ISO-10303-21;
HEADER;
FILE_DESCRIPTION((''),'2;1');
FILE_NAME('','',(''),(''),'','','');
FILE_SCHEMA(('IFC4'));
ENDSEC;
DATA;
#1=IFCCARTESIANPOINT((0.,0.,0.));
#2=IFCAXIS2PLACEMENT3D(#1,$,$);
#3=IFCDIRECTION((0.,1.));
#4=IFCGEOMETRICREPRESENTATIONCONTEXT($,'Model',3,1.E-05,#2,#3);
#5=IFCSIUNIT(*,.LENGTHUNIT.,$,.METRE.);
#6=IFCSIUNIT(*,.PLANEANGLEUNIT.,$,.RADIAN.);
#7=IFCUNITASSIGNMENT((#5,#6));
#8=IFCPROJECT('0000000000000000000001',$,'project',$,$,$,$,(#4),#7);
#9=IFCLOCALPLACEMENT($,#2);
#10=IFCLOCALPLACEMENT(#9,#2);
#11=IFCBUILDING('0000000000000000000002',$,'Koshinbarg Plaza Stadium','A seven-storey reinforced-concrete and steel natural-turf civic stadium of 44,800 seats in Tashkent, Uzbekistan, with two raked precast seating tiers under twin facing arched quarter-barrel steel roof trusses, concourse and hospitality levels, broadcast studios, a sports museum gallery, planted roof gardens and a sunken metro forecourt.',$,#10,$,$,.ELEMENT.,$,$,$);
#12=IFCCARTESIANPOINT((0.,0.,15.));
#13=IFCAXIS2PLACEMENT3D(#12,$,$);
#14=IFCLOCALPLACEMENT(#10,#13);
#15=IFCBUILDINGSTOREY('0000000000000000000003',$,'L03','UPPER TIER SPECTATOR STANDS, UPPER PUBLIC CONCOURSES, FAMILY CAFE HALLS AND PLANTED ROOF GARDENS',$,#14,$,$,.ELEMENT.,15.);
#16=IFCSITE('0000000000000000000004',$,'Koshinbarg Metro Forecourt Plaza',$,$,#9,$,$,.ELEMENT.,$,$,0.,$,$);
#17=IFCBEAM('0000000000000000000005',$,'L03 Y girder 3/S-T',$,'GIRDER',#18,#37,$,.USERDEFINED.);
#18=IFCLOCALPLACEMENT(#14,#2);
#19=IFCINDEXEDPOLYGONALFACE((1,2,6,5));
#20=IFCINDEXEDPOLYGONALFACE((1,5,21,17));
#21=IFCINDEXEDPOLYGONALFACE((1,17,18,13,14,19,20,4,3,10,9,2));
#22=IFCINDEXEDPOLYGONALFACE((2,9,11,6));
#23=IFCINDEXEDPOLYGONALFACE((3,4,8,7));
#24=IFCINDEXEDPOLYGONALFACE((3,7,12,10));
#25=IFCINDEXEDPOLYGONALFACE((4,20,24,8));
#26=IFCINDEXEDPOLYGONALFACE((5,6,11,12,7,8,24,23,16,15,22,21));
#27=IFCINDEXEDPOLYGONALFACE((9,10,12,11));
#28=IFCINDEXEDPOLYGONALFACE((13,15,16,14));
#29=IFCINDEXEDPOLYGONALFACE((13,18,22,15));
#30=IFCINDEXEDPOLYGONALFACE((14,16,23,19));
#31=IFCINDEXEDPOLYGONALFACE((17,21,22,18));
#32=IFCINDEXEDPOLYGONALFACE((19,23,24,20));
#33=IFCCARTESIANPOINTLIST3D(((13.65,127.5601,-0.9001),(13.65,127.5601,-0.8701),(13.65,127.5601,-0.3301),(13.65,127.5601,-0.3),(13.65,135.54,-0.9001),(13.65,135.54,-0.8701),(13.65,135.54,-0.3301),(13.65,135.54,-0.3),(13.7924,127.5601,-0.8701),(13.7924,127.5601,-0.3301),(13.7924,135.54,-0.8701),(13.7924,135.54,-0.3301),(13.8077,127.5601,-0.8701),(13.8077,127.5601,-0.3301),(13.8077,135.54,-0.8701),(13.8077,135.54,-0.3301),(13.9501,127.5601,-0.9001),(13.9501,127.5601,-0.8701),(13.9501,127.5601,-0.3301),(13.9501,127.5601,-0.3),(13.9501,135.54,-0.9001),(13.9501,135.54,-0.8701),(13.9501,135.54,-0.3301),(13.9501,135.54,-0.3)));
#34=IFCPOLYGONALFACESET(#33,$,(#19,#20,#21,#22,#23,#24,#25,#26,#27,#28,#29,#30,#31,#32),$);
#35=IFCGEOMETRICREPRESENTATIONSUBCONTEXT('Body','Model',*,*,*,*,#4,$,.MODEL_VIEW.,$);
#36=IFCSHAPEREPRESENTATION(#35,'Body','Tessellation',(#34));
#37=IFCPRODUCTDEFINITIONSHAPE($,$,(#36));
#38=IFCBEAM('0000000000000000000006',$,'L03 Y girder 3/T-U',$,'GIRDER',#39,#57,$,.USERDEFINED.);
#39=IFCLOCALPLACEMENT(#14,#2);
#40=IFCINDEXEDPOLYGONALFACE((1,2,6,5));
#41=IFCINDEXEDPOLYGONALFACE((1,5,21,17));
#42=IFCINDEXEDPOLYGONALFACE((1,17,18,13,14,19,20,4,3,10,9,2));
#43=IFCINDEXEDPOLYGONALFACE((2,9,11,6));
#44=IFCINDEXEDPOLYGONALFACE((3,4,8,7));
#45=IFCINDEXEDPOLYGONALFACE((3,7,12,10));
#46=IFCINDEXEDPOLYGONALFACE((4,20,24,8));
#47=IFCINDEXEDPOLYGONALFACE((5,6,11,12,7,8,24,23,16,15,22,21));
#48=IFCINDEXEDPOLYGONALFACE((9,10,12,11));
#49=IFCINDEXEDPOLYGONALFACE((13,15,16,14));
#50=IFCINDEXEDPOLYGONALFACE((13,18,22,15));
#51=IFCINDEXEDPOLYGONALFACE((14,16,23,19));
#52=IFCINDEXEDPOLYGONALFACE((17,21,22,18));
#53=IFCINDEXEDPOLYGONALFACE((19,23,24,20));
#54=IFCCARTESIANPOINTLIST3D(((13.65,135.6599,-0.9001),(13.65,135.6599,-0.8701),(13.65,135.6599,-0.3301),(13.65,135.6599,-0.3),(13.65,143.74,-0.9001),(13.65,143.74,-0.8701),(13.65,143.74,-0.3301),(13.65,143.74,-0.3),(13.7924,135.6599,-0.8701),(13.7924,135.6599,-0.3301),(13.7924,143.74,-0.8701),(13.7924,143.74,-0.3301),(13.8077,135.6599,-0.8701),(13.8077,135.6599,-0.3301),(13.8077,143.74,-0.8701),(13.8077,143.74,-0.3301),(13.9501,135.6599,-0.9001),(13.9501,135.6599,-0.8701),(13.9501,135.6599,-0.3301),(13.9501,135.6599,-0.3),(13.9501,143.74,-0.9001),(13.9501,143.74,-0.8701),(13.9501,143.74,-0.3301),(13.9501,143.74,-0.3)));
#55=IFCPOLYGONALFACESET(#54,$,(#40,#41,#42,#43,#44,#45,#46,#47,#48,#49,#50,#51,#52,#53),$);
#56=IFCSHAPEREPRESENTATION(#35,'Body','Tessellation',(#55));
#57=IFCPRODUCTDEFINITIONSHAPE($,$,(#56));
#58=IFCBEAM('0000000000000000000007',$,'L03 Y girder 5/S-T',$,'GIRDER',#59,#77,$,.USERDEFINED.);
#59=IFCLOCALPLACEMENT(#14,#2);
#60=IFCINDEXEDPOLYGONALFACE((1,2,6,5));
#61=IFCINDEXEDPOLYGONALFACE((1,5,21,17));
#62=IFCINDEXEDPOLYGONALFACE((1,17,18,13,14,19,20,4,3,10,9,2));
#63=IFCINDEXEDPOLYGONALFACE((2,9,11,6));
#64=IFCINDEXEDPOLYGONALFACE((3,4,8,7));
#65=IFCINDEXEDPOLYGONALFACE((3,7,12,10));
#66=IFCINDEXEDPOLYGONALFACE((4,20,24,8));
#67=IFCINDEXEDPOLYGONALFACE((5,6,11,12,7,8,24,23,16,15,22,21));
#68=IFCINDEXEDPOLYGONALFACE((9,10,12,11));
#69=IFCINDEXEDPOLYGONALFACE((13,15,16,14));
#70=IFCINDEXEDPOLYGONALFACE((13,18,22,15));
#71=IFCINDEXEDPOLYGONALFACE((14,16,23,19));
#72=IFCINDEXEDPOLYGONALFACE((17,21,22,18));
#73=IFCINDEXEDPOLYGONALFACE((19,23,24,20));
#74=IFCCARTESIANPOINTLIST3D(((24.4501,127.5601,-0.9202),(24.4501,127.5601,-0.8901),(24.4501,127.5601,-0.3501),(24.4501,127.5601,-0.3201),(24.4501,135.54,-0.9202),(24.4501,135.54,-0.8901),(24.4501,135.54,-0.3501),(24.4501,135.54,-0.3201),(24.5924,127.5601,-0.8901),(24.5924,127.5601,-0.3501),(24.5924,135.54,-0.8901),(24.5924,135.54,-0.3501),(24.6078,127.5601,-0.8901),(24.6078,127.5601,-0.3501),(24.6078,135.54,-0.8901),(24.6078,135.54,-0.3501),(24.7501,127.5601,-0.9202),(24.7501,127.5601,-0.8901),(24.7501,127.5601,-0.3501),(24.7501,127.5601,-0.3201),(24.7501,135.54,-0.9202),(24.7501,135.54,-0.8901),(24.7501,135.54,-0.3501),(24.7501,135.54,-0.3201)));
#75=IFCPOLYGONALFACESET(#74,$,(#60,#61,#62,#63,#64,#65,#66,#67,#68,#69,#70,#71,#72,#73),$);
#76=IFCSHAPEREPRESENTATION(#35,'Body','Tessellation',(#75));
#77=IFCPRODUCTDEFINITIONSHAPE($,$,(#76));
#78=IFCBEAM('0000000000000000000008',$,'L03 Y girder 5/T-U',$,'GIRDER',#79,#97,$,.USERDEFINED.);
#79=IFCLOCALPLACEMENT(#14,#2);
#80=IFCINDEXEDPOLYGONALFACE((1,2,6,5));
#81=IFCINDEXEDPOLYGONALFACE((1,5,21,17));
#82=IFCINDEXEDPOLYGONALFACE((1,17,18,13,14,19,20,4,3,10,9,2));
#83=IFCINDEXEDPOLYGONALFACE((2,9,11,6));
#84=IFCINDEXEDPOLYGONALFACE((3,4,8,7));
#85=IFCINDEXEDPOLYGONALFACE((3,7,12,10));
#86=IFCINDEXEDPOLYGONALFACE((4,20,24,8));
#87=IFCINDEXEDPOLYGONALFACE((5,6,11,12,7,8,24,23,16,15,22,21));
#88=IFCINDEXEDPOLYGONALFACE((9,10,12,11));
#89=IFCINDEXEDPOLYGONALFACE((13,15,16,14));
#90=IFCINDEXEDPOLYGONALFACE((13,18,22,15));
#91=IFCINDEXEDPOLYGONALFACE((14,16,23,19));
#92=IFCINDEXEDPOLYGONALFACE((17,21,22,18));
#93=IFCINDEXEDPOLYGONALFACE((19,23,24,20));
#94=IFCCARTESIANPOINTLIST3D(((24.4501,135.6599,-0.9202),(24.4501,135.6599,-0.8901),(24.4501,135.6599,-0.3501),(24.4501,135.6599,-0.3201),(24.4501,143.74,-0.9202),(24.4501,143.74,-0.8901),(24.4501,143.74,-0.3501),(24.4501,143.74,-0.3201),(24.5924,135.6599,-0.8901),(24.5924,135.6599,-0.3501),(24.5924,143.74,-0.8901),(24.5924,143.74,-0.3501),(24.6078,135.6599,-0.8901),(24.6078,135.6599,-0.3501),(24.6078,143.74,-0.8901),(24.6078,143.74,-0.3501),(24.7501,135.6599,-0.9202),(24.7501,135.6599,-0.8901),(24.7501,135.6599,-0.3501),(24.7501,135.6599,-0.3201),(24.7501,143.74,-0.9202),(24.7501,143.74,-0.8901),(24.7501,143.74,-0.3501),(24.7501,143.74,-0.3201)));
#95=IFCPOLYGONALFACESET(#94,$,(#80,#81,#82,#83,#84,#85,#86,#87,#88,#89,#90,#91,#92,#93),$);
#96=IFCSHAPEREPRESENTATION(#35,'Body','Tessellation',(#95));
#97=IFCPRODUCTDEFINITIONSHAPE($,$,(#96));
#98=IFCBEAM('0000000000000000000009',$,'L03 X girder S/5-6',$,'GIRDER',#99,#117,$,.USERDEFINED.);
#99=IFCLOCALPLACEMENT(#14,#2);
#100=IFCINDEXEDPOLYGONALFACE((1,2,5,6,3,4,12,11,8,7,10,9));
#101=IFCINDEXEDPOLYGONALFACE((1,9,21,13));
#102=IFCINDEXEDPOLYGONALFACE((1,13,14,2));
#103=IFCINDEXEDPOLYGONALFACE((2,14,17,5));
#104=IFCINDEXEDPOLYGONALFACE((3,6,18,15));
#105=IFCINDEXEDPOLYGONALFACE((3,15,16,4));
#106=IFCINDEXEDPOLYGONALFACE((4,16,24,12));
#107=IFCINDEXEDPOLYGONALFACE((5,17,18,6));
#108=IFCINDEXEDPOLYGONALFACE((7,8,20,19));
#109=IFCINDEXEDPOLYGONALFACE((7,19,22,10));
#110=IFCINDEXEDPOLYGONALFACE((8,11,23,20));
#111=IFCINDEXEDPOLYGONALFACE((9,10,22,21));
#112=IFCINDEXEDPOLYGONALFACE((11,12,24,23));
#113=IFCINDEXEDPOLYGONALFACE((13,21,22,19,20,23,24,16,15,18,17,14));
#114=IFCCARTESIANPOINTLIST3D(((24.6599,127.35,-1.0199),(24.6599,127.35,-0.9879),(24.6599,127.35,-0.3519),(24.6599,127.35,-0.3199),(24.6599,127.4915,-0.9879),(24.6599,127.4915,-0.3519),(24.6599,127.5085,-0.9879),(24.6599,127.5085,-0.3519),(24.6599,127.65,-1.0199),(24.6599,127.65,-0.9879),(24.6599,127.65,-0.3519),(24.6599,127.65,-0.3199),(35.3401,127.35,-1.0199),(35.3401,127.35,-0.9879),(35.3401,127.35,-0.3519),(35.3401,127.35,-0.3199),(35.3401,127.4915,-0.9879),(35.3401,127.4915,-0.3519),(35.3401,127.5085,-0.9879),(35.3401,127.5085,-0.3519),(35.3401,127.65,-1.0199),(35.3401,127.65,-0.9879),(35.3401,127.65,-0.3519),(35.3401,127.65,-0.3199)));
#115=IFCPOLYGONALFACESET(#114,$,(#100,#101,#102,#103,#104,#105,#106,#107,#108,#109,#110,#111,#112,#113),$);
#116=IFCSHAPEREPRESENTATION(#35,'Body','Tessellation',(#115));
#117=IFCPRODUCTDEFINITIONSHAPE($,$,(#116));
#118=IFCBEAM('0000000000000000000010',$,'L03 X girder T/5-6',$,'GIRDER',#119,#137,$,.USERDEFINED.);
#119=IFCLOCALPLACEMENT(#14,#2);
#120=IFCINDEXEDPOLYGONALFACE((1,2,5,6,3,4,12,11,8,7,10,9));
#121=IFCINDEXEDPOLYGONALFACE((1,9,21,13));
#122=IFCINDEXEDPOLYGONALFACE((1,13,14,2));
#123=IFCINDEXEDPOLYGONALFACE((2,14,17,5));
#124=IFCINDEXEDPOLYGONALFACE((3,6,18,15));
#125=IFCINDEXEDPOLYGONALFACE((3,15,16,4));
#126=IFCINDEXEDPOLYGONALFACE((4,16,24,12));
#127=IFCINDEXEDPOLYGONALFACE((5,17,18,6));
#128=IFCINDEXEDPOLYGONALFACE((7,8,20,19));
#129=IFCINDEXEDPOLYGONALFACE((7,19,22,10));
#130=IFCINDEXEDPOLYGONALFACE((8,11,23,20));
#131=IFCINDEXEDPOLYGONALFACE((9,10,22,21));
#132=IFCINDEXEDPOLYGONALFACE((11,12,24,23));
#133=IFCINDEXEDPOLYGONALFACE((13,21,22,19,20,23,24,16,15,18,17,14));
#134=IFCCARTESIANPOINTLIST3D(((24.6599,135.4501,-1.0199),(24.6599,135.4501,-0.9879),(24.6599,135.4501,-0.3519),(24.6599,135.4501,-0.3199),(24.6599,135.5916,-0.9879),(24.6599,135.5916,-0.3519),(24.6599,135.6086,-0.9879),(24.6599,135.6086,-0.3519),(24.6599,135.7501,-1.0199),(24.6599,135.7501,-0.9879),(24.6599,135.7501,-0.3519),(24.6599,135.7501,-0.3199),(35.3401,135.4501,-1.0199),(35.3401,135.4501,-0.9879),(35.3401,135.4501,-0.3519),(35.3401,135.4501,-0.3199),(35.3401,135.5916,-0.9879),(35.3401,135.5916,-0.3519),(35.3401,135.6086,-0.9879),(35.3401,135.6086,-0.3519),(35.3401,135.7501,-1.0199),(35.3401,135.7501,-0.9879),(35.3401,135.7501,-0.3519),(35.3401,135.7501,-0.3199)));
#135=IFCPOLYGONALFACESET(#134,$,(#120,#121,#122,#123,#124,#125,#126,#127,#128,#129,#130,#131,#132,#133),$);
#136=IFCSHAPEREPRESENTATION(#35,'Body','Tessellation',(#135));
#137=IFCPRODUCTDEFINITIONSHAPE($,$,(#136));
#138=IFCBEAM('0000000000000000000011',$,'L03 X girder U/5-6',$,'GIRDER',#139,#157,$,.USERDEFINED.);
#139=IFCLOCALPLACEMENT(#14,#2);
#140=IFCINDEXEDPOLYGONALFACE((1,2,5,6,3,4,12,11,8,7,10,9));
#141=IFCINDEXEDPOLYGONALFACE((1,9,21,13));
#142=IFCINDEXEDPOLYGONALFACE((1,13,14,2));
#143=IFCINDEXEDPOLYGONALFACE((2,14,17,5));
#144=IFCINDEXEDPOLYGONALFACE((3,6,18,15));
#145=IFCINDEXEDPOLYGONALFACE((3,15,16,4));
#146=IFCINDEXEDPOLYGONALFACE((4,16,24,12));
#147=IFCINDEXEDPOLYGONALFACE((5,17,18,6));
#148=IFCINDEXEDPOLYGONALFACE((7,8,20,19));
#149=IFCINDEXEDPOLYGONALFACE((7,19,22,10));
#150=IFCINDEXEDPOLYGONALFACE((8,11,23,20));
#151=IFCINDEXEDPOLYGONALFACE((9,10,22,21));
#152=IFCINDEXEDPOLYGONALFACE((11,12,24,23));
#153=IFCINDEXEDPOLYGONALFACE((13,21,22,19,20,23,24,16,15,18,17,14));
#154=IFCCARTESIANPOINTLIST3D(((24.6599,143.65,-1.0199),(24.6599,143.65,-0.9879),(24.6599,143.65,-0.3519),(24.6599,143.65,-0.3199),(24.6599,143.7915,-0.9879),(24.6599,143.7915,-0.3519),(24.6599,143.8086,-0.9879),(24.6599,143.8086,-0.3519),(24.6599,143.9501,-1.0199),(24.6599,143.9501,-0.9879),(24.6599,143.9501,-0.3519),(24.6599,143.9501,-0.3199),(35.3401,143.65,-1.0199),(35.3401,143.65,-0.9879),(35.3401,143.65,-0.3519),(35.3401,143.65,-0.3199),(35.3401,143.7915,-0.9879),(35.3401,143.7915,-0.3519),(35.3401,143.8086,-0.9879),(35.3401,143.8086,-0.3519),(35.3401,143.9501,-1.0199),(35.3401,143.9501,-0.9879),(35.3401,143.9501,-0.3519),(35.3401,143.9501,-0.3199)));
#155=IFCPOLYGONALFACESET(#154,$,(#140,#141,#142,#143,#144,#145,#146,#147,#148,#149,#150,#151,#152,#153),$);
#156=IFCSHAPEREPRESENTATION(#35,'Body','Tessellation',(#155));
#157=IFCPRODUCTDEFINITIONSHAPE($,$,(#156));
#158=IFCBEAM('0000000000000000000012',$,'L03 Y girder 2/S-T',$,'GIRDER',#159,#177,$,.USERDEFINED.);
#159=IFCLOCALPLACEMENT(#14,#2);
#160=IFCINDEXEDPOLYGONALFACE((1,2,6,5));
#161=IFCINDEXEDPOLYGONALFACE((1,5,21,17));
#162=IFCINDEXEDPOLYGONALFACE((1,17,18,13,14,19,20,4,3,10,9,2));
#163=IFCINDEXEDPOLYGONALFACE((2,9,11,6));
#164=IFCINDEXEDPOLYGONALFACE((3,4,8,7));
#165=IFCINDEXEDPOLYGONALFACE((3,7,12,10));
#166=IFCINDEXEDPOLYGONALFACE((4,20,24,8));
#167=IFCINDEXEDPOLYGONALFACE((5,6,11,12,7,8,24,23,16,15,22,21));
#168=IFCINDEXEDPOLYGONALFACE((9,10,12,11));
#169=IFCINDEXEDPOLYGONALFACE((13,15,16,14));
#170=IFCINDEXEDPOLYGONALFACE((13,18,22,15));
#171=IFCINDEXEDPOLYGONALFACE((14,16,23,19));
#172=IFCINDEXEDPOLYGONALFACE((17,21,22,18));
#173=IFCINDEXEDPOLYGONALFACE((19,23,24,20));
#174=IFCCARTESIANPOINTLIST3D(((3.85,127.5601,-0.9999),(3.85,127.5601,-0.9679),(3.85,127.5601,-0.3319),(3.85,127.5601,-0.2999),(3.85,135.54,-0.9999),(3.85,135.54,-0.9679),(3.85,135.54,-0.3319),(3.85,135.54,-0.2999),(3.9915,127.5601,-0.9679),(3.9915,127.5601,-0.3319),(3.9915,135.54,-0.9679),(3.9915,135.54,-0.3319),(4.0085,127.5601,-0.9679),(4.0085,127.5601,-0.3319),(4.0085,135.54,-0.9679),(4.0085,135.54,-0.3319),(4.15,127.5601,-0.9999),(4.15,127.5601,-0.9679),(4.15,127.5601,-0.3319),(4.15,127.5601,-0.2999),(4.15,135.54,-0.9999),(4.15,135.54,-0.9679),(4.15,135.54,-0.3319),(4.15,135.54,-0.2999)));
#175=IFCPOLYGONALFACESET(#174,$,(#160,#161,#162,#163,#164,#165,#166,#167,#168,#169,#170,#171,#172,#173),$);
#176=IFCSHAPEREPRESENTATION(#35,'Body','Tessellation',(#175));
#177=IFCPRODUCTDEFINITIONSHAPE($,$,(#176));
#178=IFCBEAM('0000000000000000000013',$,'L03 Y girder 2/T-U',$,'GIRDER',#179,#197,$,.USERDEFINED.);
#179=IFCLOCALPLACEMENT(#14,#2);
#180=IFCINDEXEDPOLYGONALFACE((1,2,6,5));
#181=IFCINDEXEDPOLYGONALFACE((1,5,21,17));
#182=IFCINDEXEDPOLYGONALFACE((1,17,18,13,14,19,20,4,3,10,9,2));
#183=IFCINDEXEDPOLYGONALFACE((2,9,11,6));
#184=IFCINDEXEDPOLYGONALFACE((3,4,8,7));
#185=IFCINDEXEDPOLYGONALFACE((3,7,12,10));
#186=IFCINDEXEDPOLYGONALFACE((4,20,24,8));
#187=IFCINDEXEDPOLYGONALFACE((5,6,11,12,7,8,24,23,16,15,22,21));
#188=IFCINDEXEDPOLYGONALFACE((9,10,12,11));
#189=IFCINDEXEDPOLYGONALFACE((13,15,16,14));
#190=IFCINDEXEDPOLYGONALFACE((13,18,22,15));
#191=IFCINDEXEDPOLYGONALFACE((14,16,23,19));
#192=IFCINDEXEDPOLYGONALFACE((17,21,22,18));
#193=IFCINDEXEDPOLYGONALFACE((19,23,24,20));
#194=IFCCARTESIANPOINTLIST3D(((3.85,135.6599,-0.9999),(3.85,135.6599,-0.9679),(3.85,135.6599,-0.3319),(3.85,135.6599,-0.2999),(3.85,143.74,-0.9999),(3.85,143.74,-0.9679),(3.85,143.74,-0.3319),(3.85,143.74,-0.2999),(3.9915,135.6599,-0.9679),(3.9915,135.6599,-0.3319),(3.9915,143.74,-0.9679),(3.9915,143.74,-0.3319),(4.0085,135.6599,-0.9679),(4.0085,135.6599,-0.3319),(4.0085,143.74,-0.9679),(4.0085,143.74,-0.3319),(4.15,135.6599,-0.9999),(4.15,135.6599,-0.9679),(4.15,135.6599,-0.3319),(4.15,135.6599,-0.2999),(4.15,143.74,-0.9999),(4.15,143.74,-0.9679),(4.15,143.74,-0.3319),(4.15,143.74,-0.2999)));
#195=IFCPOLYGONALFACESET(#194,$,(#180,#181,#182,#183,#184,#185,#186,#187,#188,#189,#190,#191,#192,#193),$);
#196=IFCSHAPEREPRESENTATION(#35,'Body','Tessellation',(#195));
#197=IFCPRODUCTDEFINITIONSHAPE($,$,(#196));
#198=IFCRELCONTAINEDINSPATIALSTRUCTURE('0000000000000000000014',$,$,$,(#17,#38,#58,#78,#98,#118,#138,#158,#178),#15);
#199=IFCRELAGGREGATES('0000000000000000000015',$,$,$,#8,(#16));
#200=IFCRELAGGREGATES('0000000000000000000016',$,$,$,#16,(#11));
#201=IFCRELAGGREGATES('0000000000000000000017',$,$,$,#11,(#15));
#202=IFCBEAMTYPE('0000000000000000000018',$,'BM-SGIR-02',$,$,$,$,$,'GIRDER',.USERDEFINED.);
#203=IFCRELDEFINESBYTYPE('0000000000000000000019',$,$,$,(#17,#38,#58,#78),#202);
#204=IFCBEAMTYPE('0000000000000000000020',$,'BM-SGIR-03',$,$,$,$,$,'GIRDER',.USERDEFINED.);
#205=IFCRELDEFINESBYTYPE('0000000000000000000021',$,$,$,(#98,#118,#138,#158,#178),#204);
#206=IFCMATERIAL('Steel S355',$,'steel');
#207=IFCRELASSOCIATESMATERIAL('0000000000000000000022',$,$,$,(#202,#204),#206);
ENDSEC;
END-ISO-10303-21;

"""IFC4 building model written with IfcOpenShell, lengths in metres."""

from ifc_helpers import new_model, si_unit, direction, frame, origin, origin_2d, place, context, subcontext, project, spatial, i_section, extrude, material, material_profile, profile_set, type_object, element, save


model = new_model("IFC4")

# Units and contexts
model_context = context("Model", 3, precision=1e-05, world=origin(), true_north=direction((0.0, 1.0)))
body_context = subcontext(model_context, "Body", "Model", "MODEL_VIEW")
ifc_project = project(units=[si_unit("LENGTHUNIT", "METRE"), si_unit("PLANEANGLEUNIT", "RADIAN")], contexts=[model_context])

# Site, building, storey
site_placement = place(None, origin())
site = spatial("IfcSite", under=ifc_project, at=site_placement, Name="Koshinbarg Metro Forecourt Plaza", CompositionType="ELEMENT", RefElevation=0.0)
building_placement = place(site_placement, origin())
building = spatial("IfcBuilding", under=site, at=building_placement, Name="Koshinbarg Plaza Stadium", Description="A seven-storey reinforced-concrete and steel natural-turf civic stadium of 44,800 seats in Tashkent, Uzbekistan, with two raked precast seating tiers under twin facing arched quarter-barrel steel roof trusses, concourse and hospitality levels, broadcast studios, a sports museum gallery, planted roof gardens and a sunken metro forecourt.", CompositionType="ELEMENT")
storey_placement = place(building_placement, frame((0.0, 0.0, 15.0)))
storey = spatial("IfcBuildingStorey", under=building, at=storey_placement, Name="L03", Description="UPPER TIER SPECTATOR STANDS, UPPER PUBLIC CONCOURSES, FAMILY CAFE HALLS AND PLANTED ROOF GARDENS", CompositionType="ELEMENT", Elevation=15.0)

# Shared definitions
ifc_material_1 = material(Name="Steel S355", Category="steel")

# Beams
ifc_material_profile_1 = material_profile(ifc_material_1, i_section(OverallWidth=0.3, OverallDepth=0.6001, WebThickness=0.0154, FlangeThickness=0.03, at=origin_2d()), Name="HEB 600")
ifc_profile_set_1 = profile_set([ifc_material_profile_1], Name="Steel S355")
beam_type_1 = type_object("IfcBeamType", Name="BM-SGIR-02", ElementType="GIRDER", PredefinedType="USERDEFINED", material=ifc_profile_set_1)
beam_1_placement = place(storey_placement, frame((13.8, 127.5601, -0.6001), z_axis=(0.0, 1.0, 0.0), x_axis=(-1.0, 0.0, 0.0)))
element("IfcBeam", 1, at=beam_1_placement, inside=storey, type_object=beam_type_1, Name="L03 Y girder 3/S-T", ObjectType="GIRDER", PredefinedType="USERDEFINED", context=body_context, shape_type="SweptSolid", body=[
    extrude(i_section(OverallWidth=0.3, OverallDepth=0.6001, WebThickness=0.0154, FlangeThickness=0.03, at=origin_2d()), origin(), (0.0, 0.0, 1.0), 7.98),
])
beam_2_placement = place(storey_placement, frame((13.8, 135.6599, -0.6001), z_axis=(0.0, 1.0, 0.0), x_axis=(-1.0, 0.0, 0.0)))
element("IfcBeam", 2, at=beam_2_placement, inside=storey, type_object=beam_type_1, Name="L03 Y girder 3/T-U", ObjectType="GIRDER", PredefinedType="USERDEFINED", context=body_context, shape_type="SweptSolid", body=[
    extrude(i_section(OverallWidth=0.3, OverallDepth=0.6001, WebThickness=0.0154, FlangeThickness=0.03, at=origin_2d()), origin(), (0.0, 0.0, 1.0), 8.0801),
])
beam_3_placement = place(storey_placement, frame((24.6001, 127.5601, -0.6201), z_axis=(0.0, 1.0, 0.0), x_axis=(-1.0, 0.0, 0.0)))
element("IfcBeam", 3, at=beam_3_placement, inside=storey, type_object=beam_type_1, Name="L03 Y girder 5/S-T", ObjectType="GIRDER", PredefinedType="USERDEFINED", context=body_context, shape_type="SweptSolid", body=[
    extrude(i_section(OverallWidth=0.3, OverallDepth=0.6001, WebThickness=0.0154, FlangeThickness=0.03, at=origin_2d()), origin(), (0.0, 0.0, 1.0), 7.98),
])
beam_4_placement = place(storey_placement, frame((24.6001, 135.6599, -0.6201), z_axis=(0.0, 1.0, 0.0), x_axis=(-1.0, 0.0, 0.0)))
element("IfcBeam", 4, at=beam_4_placement, inside=storey, type_object=beam_type_1, Name="L03 Y girder 5/T-U", ObjectType="GIRDER", PredefinedType="USERDEFINED", context=body_context, shape_type="SweptSolid", body=[
    extrude(i_section(OverallWidth=0.3, OverallDepth=0.6001, WebThickness=0.0154, FlangeThickness=0.03, at=origin_2d()), origin(), (0.0, 0.0, 1.0), 8.0801),
])
ifc_material_profile_2 = material_profile(ifc_material_1, i_section(OverallWidth=0.3, OverallDepth=0.7, WebThickness=0.0171, FlangeThickness=0.032, at=origin_2d()), Name="HEB 700")
ifc_profile_set_2 = profile_set([ifc_material_profile_2], Name="Steel S355")
beam_type_2 = type_object("IfcBeamType", Name="BM-SGIR-03", ElementType="GIRDER", PredefinedType="USERDEFINED", material=ifc_profile_set_2)
for number, where, z_axis, x_axis, name in (
    (5, (24.6599, 127.5, -0.6699), (1.0, 0.0, 0.0), (0.0, 1.0, 0.0), "L03 X girder S/5-6"),
    (6, (24.6599, 135.6001, -0.6699), (1.0, 0.0, 0.0), (0.0, 1.0, 0.0), "L03 X girder T/5-6"),
    (7, (24.6599, 143.8, -0.6699), (1.0, 0.0, 0.0), (0.0, 1.0, 0.0), "L03 X girder U/5-6"),
):
    element("IfcBeam", number, at=place(storey_placement, frame(where, z_axis=z_axis, x_axis=x_axis)), inside=storey, type_object=beam_type_2, Name=name, ObjectType="GIRDER", PredefinedType="USERDEFINED", context=body_context, shape_type="SweptSolid", body=[
        extrude(i_section(OverallWidth=0.3, OverallDepth=0.7, WebThickness=0.0171, FlangeThickness=0.032, at=origin_2d()), origin(), (0.0, 0.0, 1.0), 10.6802),
    ])
beam_5_placement = place(storey_placement, frame((4.0, 127.5601, -0.6499), z_axis=(0.0, 1.0, 0.0), x_axis=(-1.0, 0.0, 0.0)))
element("IfcBeam", 8, at=beam_5_placement, inside=storey, type_object=beam_type_2, Name="L03 Y girder 2/S-T", ObjectType="GIRDER", PredefinedType="USERDEFINED", context=body_context, shape_type="SweptSolid", body=[
    extrude(i_section(OverallWidth=0.3, OverallDepth=0.7, WebThickness=0.0171, FlangeThickness=0.032, at=origin_2d()), origin(), (0.0, 0.0, 1.0), 7.98),
])
beam_6_placement = place(storey_placement, frame((4.0, 135.6599, -0.6499), z_axis=(0.0, 1.0, 0.0), x_axis=(-1.0, 0.0, 0.0)))
element("IfcBeam", 9, at=beam_6_placement, inside=storey, type_object=beam_type_2, Name="L03 Y girder 2/T-U", ObjectType="GIRDER", PredefinedType="USERDEFINED", context=body_context, shape_type="SweptSolid", body=[
    extrude(i_section(OverallWidth=0.3, OverallDepth=0.7, WebThickness=0.0171, FlangeThickness=0.032, at=origin_2d()), origin(), (0.0, 0.0, 1.0), 8.0801),
])

save(model, "model.ifc")
